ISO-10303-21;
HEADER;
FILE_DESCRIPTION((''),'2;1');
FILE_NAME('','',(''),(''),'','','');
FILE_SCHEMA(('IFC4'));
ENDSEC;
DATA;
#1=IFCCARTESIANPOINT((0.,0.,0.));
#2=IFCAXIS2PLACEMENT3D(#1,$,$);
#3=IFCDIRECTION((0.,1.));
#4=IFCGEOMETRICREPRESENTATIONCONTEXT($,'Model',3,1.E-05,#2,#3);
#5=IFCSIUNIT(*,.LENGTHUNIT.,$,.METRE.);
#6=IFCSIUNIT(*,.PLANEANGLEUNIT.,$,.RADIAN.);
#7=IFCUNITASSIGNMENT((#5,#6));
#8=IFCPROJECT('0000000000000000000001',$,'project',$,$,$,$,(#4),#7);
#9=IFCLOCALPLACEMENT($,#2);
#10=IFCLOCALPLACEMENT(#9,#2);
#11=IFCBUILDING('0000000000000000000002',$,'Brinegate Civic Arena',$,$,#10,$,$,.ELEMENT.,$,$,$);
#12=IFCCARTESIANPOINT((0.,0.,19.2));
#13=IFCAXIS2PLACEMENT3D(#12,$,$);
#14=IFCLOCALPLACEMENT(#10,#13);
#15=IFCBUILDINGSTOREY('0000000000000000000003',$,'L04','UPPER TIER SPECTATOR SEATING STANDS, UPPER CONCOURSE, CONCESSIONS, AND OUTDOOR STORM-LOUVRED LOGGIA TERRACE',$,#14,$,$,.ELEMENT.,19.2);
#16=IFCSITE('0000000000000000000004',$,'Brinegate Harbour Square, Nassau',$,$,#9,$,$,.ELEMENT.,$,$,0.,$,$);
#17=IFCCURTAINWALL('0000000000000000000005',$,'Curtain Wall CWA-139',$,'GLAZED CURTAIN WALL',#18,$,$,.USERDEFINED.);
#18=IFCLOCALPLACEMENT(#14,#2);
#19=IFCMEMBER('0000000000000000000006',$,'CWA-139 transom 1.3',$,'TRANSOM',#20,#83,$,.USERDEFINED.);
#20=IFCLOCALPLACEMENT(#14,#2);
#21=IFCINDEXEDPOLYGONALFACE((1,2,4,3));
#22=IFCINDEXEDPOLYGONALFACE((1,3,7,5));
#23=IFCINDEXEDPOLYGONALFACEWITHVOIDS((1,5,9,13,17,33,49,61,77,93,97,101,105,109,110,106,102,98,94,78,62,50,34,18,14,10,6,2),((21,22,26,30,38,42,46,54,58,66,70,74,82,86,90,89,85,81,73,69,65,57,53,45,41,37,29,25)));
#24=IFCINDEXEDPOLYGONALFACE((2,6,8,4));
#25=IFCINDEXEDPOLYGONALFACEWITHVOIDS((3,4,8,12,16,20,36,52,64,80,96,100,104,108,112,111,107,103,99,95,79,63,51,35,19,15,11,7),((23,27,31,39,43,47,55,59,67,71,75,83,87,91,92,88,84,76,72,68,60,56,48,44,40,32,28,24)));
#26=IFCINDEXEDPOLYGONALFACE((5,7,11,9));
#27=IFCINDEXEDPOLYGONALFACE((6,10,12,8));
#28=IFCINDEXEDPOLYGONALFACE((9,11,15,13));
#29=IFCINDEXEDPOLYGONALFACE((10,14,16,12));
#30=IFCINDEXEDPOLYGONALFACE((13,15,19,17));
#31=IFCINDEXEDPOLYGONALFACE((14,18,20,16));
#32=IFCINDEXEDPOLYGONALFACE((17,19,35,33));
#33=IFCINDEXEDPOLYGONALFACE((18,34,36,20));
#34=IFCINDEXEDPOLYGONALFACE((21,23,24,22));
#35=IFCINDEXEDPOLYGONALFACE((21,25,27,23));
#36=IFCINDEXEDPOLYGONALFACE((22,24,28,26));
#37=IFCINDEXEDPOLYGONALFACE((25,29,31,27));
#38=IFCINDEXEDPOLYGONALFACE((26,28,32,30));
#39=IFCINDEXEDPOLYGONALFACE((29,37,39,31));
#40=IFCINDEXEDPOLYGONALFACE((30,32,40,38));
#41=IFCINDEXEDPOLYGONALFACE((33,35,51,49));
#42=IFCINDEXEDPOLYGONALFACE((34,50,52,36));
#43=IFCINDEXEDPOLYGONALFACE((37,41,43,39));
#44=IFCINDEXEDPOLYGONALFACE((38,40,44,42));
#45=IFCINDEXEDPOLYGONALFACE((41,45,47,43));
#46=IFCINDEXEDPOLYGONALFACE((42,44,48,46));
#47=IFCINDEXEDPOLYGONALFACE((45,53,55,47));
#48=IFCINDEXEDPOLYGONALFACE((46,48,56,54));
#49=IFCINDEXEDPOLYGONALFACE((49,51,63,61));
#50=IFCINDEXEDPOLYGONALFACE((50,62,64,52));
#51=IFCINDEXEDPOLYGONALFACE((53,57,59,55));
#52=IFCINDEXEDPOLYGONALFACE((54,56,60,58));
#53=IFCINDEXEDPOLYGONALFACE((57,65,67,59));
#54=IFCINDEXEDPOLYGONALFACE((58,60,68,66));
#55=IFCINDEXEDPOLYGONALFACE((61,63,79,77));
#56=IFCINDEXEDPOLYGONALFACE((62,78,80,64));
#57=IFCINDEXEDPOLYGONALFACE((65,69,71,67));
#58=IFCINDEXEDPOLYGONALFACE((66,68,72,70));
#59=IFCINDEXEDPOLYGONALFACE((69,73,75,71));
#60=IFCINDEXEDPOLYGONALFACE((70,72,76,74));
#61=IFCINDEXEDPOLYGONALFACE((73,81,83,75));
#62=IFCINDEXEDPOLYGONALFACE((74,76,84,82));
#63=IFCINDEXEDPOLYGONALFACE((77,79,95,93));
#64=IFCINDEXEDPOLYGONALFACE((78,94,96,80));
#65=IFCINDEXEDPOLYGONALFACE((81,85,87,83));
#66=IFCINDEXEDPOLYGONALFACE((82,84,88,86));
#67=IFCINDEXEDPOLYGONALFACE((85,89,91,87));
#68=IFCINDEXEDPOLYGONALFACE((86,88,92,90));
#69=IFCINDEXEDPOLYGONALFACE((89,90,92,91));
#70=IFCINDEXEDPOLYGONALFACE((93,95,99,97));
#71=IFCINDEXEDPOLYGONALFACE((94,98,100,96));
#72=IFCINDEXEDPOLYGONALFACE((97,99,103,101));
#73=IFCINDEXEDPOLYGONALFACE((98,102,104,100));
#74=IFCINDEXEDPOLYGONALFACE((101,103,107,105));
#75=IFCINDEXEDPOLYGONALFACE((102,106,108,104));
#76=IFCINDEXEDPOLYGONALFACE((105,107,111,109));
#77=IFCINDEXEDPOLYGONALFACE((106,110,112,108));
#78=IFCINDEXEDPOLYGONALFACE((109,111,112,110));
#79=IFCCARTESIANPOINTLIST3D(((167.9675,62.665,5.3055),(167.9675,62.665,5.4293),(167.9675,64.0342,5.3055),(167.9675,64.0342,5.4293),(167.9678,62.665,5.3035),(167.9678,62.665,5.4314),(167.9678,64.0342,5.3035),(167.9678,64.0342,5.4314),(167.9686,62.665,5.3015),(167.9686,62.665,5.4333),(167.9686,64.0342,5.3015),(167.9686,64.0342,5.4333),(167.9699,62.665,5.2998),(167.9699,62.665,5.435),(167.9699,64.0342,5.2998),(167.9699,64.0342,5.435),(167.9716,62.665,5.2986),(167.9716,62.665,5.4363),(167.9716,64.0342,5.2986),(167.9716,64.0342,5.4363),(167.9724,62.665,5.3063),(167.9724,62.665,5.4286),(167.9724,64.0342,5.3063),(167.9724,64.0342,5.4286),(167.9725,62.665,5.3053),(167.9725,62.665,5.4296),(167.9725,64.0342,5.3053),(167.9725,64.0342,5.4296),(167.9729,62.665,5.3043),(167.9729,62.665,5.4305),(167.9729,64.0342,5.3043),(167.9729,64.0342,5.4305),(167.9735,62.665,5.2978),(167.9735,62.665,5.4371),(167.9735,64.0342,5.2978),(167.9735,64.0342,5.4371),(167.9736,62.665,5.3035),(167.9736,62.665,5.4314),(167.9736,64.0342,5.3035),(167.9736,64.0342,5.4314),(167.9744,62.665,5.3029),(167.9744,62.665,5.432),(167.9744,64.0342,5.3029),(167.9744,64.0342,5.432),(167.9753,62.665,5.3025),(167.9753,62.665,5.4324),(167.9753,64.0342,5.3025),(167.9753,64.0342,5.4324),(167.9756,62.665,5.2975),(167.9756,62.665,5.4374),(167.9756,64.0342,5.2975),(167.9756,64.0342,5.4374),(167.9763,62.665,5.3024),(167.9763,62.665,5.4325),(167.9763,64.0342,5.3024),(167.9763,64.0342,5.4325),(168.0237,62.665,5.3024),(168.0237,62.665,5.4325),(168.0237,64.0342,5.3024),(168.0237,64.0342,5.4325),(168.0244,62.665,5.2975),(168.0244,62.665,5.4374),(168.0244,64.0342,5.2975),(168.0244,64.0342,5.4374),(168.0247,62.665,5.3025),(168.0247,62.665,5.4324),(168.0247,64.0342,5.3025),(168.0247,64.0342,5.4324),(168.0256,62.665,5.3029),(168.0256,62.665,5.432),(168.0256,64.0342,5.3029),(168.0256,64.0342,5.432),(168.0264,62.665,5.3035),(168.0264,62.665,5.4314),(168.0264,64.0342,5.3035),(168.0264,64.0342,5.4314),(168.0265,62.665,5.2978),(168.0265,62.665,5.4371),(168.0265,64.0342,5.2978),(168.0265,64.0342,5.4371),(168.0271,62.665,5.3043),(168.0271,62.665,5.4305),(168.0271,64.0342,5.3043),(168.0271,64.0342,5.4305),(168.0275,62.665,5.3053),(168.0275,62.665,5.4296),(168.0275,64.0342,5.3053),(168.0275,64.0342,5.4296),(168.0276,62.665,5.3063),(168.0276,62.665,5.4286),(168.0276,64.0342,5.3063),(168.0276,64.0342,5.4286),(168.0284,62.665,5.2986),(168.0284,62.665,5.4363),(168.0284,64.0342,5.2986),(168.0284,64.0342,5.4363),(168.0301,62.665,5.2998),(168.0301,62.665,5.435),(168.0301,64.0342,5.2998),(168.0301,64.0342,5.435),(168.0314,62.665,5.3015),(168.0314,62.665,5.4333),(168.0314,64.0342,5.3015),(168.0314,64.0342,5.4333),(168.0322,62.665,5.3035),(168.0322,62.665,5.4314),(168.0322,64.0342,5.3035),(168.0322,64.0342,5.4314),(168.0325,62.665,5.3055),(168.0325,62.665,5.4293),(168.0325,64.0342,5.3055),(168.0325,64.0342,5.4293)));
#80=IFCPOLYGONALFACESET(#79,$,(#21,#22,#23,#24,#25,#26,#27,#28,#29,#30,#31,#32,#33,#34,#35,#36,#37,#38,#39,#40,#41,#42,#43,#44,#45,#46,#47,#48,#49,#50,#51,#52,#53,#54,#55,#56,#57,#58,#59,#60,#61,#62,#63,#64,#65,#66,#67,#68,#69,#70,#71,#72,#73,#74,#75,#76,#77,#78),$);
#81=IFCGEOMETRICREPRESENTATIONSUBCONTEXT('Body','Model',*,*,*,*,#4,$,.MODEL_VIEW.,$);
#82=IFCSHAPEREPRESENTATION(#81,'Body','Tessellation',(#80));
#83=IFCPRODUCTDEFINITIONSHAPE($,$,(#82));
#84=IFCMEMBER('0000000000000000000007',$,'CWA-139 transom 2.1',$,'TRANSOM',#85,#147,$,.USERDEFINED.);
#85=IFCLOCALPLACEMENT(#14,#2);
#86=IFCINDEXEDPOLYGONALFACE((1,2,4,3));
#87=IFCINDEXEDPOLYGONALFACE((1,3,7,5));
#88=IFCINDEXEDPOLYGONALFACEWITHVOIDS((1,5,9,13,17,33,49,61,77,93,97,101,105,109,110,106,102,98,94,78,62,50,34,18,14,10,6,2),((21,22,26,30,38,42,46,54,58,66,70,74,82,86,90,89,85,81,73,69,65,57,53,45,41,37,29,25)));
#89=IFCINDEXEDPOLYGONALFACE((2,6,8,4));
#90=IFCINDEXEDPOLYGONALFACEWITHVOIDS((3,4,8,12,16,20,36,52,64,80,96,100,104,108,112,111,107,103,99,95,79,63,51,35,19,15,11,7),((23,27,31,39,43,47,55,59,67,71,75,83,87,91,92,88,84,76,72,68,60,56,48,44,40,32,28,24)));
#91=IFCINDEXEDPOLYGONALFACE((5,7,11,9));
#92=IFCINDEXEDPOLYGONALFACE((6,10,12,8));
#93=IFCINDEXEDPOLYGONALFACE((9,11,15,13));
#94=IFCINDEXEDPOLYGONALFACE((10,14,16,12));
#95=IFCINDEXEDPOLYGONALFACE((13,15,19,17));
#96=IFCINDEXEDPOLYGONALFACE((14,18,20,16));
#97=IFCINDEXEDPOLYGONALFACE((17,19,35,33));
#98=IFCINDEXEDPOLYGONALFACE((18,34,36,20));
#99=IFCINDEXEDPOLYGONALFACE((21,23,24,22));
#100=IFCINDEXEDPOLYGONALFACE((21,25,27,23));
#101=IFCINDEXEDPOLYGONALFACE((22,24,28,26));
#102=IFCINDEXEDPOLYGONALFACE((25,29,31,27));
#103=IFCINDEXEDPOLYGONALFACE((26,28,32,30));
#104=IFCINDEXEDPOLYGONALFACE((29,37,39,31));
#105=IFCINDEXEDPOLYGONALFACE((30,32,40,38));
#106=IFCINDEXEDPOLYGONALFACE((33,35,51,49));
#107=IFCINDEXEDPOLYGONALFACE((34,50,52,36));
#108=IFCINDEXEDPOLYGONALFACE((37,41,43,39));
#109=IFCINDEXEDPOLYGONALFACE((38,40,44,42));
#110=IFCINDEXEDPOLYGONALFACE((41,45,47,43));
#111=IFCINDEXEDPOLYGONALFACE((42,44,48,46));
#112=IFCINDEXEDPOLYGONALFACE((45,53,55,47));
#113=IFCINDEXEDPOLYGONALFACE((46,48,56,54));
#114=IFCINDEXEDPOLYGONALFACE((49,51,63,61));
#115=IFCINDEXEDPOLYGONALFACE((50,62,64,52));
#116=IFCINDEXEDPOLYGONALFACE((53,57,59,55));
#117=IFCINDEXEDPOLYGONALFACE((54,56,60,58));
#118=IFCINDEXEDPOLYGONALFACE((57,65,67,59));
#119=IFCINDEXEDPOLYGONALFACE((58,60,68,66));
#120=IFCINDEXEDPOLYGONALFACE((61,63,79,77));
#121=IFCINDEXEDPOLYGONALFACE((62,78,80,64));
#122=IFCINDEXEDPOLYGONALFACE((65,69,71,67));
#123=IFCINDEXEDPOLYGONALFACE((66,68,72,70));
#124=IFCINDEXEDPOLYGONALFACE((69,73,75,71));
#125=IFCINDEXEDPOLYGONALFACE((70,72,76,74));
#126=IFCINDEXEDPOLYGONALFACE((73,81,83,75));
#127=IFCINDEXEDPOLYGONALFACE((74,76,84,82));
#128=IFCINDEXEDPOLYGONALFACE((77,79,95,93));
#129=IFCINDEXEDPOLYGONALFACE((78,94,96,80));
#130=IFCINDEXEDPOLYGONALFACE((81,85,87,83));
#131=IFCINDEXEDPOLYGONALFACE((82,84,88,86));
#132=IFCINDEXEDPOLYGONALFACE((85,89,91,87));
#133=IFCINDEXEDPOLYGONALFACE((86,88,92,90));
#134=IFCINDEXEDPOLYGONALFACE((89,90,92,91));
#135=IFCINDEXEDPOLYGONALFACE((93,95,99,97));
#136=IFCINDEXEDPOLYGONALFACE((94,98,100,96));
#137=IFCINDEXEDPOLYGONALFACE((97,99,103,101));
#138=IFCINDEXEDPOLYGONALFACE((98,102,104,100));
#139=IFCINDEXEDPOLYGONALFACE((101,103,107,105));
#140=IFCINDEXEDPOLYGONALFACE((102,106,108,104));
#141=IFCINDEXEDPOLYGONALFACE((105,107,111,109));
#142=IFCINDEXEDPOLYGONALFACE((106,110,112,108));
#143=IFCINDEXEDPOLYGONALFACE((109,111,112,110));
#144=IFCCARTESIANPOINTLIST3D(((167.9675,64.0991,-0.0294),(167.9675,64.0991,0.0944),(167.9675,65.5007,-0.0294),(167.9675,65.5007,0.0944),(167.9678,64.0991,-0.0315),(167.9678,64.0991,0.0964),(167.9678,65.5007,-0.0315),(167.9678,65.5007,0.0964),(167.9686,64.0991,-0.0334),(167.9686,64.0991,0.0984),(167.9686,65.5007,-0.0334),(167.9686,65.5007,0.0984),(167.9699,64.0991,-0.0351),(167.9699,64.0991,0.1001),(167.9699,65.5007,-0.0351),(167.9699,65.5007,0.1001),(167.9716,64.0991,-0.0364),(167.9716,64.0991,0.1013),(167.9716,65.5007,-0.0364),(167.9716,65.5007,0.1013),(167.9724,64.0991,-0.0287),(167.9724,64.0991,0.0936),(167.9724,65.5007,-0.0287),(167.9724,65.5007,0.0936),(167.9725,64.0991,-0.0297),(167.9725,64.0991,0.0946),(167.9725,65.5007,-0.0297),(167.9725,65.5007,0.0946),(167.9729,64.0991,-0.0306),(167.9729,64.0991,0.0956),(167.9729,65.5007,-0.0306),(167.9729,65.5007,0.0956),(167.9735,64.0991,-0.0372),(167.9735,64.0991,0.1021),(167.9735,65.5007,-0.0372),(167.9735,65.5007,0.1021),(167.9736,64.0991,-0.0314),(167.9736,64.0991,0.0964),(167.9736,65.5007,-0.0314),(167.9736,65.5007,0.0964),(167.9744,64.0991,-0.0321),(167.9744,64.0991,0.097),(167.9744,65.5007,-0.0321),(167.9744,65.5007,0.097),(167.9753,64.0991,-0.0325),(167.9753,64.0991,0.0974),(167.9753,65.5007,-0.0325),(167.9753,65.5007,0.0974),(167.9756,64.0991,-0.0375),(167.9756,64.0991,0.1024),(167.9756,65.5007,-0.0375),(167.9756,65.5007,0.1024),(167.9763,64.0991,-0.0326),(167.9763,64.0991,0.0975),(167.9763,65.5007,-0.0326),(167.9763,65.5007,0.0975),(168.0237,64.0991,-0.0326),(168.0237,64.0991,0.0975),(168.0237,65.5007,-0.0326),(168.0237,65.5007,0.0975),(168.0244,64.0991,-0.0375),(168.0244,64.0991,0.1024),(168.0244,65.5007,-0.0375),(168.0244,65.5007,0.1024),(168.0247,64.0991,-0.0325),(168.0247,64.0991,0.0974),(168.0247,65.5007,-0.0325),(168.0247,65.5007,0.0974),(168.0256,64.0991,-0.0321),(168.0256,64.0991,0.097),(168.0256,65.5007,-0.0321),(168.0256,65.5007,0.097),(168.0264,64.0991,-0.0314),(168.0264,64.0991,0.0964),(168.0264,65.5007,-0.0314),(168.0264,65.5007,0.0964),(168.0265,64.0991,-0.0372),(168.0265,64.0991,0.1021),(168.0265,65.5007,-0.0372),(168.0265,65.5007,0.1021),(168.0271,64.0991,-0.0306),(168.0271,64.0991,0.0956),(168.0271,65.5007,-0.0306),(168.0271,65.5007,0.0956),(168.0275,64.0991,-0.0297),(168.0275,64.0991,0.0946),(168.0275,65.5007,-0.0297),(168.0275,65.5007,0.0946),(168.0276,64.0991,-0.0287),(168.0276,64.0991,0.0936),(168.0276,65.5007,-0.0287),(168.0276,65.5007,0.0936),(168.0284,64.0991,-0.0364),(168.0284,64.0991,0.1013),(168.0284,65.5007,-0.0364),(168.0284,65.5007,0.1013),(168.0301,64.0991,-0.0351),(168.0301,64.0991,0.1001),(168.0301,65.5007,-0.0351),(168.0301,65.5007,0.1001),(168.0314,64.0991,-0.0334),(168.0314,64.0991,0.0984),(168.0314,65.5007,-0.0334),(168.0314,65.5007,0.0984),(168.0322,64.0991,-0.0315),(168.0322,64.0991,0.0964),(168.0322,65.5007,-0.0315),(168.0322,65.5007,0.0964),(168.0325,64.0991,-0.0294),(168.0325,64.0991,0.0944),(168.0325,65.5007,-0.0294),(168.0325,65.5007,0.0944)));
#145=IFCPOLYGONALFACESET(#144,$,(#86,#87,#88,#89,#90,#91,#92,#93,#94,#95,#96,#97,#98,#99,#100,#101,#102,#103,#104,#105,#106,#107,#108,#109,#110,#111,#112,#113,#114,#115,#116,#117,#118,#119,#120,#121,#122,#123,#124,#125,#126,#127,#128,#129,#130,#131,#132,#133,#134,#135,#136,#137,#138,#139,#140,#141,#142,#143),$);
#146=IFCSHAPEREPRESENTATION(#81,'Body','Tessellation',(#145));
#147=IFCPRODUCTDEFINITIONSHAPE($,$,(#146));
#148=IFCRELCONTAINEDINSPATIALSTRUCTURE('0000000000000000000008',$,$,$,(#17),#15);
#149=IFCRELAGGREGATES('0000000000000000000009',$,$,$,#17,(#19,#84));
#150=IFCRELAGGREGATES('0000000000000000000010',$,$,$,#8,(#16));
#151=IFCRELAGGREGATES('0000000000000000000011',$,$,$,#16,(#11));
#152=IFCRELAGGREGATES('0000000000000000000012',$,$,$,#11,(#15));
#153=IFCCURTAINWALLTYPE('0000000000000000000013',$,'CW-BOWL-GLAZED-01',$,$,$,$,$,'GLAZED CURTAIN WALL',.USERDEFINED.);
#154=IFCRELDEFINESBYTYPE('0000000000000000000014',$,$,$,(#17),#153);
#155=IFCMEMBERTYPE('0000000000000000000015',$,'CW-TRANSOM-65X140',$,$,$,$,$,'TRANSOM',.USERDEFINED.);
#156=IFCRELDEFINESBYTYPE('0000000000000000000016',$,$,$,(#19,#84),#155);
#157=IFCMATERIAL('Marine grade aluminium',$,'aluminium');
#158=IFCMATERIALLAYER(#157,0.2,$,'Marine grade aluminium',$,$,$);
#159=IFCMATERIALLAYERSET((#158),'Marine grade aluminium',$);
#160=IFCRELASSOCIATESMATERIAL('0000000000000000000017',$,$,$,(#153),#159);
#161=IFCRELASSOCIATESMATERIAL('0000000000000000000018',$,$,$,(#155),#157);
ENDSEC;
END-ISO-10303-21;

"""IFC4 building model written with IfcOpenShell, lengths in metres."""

from ifc_helpers import new_model, si_unit, direction, frame, origin, origin_2d, place, context, subcontext, project, spatial, hollow_rectangle, extrude, material, layer, layer_set, material_profile, profile_set, type_object, element, aggregate, save


model = new_model("IFC4")

# Units and contexts
model_context = context("Model", 3, precision=1e-05, world=origin(), true_north=direction((0.0, 1.0)))
body_context = subcontext(model_context, "Body", "Model", "MODEL_VIEW")
ifc_project = project(units=[si_unit("LENGTHUNIT", "METRE"), si_unit("PLANEANGLEUNIT", "RADIAN")], contexts=[model_context])

# Site, building, storey
site_placement = place(None, origin())
site = spatial("IfcSite", under=ifc_project, at=site_placement, Name="Brinegate Harbour Square, Nassau", CompositionType="ELEMENT", RefElevation=0.0)
building_placement = place(site_placement, origin())
building = spatial("IfcBuilding", under=site, at=building_placement, Name="Brinegate Civic Arena", CompositionType="ELEMENT")
storey_placement = place(building_placement, frame((0.0, 0.0, 19.2)))
storey = spatial("IfcBuildingStorey", under=building, at=storey_placement, Name="L04", Description="UPPER TIER SPECTATOR SEATING STANDS, UPPER CONCOURSE, CONCESSIONS, AND OUTDOOR STORM-LOUVRED LOGGIA TERRACE", CompositionType="ELEMENT", Elevation=19.2)

# Shared definitions
ifc_material_1 = material(Name="Marine grade aluminium", Category="aluminium")
ifc_layer_1 = layer(ifc_material_1, 0.2, Name="Marine grade aluminium")
ifc_layer_set_1 = layer_set([ifc_layer_1], Name="Marine grade aluminium")
curtain_wall_type = type_object("IfcCurtainWallType", Name="CW-BOWL-GLAZED-01", ElementType="GLAZED CURTAIN WALL", PredefinedType="USERDEFINED", material=ifc_layer_set_1)

# Curtain wall, members
curtain_wall_1_placement = place(storey_placement, origin())
curtain_wall_1 = element("IfcCurtainWall", 1, at=curtain_wall_1_placement, inside=storey, type_object=curtain_wall_type, Name="Curtain Wall CWA-139", ObjectType="GLAZED CURTAIN WALL", PredefinedType="USERDEFINED")
ifc_material_profile_1 = material_profile(ifc_material_1, hollow_rectangle(XDim=0.0649, YDim=0.1399, WallThickness=0.0049, InnerFilletRadius=0.0039, OuterFilletRadius=0.0081, at=origin_2d()), Name="TRN65X140")
ifc_profile_set_1 = profile_set([ifc_material_profile_1], Name="Marine grade aluminium")
member_type_1 = type_object("IfcMemberType", Name="CW-TRANSOM-65X140", ElementType="TRANSOM", PredefinedType="USERDEFINED", material=ifc_profile_set_1)
member_1_placement = place(storey_placement, frame((168.0, 62.665, 5.3674), z_axis=(0.0, 1.0, 0.0), x_axis=(-1.0, 0.0, 0.0)))
member_1 = element("IfcMember", 2, at=member_1_placement, type_object=member_type_1, Name="CWA-139 transom 1.3", ObjectType="TRANSOM", PredefinedType="USERDEFINED", context=body_context, shape_type="SweptSolid", body=[
    extrude(hollow_rectangle(XDim=0.0649, YDim=0.1399, WallThickness=0.0049, InnerFilletRadius=0.0039, OuterFilletRadius=0.0081, at=origin_2d()), origin(), (0.0, 0.0, 1.0), 1.3691),
])
member_2_placement = place(storey_placement, frame((168.0, 64.0991, 0.0325), z_axis=(0.0, 1.0, 0.0), x_axis=(-1.0, 0.0, 0.0)))
member_2 = element("IfcMember", 3, at=member_2_placement, type_object=member_type_1, Name="CWA-139 transom 2.1", ObjectType="TRANSOM", PredefinedType="USERDEFINED", context=body_context, shape_type="SweptSolid", body=[
    extrude(hollow_rectangle(XDim=0.0649, YDim=0.1399, WallThickness=0.0049, InnerFilletRadius=0.0039, OuterFilletRadius=0.0081, at=origin_2d()), origin(), (0.0, 0.0, 1.0), 1.4016),
])

aggregate(curtain_wall_1, [member_1, member_2])

save(model, "model.ifc")
